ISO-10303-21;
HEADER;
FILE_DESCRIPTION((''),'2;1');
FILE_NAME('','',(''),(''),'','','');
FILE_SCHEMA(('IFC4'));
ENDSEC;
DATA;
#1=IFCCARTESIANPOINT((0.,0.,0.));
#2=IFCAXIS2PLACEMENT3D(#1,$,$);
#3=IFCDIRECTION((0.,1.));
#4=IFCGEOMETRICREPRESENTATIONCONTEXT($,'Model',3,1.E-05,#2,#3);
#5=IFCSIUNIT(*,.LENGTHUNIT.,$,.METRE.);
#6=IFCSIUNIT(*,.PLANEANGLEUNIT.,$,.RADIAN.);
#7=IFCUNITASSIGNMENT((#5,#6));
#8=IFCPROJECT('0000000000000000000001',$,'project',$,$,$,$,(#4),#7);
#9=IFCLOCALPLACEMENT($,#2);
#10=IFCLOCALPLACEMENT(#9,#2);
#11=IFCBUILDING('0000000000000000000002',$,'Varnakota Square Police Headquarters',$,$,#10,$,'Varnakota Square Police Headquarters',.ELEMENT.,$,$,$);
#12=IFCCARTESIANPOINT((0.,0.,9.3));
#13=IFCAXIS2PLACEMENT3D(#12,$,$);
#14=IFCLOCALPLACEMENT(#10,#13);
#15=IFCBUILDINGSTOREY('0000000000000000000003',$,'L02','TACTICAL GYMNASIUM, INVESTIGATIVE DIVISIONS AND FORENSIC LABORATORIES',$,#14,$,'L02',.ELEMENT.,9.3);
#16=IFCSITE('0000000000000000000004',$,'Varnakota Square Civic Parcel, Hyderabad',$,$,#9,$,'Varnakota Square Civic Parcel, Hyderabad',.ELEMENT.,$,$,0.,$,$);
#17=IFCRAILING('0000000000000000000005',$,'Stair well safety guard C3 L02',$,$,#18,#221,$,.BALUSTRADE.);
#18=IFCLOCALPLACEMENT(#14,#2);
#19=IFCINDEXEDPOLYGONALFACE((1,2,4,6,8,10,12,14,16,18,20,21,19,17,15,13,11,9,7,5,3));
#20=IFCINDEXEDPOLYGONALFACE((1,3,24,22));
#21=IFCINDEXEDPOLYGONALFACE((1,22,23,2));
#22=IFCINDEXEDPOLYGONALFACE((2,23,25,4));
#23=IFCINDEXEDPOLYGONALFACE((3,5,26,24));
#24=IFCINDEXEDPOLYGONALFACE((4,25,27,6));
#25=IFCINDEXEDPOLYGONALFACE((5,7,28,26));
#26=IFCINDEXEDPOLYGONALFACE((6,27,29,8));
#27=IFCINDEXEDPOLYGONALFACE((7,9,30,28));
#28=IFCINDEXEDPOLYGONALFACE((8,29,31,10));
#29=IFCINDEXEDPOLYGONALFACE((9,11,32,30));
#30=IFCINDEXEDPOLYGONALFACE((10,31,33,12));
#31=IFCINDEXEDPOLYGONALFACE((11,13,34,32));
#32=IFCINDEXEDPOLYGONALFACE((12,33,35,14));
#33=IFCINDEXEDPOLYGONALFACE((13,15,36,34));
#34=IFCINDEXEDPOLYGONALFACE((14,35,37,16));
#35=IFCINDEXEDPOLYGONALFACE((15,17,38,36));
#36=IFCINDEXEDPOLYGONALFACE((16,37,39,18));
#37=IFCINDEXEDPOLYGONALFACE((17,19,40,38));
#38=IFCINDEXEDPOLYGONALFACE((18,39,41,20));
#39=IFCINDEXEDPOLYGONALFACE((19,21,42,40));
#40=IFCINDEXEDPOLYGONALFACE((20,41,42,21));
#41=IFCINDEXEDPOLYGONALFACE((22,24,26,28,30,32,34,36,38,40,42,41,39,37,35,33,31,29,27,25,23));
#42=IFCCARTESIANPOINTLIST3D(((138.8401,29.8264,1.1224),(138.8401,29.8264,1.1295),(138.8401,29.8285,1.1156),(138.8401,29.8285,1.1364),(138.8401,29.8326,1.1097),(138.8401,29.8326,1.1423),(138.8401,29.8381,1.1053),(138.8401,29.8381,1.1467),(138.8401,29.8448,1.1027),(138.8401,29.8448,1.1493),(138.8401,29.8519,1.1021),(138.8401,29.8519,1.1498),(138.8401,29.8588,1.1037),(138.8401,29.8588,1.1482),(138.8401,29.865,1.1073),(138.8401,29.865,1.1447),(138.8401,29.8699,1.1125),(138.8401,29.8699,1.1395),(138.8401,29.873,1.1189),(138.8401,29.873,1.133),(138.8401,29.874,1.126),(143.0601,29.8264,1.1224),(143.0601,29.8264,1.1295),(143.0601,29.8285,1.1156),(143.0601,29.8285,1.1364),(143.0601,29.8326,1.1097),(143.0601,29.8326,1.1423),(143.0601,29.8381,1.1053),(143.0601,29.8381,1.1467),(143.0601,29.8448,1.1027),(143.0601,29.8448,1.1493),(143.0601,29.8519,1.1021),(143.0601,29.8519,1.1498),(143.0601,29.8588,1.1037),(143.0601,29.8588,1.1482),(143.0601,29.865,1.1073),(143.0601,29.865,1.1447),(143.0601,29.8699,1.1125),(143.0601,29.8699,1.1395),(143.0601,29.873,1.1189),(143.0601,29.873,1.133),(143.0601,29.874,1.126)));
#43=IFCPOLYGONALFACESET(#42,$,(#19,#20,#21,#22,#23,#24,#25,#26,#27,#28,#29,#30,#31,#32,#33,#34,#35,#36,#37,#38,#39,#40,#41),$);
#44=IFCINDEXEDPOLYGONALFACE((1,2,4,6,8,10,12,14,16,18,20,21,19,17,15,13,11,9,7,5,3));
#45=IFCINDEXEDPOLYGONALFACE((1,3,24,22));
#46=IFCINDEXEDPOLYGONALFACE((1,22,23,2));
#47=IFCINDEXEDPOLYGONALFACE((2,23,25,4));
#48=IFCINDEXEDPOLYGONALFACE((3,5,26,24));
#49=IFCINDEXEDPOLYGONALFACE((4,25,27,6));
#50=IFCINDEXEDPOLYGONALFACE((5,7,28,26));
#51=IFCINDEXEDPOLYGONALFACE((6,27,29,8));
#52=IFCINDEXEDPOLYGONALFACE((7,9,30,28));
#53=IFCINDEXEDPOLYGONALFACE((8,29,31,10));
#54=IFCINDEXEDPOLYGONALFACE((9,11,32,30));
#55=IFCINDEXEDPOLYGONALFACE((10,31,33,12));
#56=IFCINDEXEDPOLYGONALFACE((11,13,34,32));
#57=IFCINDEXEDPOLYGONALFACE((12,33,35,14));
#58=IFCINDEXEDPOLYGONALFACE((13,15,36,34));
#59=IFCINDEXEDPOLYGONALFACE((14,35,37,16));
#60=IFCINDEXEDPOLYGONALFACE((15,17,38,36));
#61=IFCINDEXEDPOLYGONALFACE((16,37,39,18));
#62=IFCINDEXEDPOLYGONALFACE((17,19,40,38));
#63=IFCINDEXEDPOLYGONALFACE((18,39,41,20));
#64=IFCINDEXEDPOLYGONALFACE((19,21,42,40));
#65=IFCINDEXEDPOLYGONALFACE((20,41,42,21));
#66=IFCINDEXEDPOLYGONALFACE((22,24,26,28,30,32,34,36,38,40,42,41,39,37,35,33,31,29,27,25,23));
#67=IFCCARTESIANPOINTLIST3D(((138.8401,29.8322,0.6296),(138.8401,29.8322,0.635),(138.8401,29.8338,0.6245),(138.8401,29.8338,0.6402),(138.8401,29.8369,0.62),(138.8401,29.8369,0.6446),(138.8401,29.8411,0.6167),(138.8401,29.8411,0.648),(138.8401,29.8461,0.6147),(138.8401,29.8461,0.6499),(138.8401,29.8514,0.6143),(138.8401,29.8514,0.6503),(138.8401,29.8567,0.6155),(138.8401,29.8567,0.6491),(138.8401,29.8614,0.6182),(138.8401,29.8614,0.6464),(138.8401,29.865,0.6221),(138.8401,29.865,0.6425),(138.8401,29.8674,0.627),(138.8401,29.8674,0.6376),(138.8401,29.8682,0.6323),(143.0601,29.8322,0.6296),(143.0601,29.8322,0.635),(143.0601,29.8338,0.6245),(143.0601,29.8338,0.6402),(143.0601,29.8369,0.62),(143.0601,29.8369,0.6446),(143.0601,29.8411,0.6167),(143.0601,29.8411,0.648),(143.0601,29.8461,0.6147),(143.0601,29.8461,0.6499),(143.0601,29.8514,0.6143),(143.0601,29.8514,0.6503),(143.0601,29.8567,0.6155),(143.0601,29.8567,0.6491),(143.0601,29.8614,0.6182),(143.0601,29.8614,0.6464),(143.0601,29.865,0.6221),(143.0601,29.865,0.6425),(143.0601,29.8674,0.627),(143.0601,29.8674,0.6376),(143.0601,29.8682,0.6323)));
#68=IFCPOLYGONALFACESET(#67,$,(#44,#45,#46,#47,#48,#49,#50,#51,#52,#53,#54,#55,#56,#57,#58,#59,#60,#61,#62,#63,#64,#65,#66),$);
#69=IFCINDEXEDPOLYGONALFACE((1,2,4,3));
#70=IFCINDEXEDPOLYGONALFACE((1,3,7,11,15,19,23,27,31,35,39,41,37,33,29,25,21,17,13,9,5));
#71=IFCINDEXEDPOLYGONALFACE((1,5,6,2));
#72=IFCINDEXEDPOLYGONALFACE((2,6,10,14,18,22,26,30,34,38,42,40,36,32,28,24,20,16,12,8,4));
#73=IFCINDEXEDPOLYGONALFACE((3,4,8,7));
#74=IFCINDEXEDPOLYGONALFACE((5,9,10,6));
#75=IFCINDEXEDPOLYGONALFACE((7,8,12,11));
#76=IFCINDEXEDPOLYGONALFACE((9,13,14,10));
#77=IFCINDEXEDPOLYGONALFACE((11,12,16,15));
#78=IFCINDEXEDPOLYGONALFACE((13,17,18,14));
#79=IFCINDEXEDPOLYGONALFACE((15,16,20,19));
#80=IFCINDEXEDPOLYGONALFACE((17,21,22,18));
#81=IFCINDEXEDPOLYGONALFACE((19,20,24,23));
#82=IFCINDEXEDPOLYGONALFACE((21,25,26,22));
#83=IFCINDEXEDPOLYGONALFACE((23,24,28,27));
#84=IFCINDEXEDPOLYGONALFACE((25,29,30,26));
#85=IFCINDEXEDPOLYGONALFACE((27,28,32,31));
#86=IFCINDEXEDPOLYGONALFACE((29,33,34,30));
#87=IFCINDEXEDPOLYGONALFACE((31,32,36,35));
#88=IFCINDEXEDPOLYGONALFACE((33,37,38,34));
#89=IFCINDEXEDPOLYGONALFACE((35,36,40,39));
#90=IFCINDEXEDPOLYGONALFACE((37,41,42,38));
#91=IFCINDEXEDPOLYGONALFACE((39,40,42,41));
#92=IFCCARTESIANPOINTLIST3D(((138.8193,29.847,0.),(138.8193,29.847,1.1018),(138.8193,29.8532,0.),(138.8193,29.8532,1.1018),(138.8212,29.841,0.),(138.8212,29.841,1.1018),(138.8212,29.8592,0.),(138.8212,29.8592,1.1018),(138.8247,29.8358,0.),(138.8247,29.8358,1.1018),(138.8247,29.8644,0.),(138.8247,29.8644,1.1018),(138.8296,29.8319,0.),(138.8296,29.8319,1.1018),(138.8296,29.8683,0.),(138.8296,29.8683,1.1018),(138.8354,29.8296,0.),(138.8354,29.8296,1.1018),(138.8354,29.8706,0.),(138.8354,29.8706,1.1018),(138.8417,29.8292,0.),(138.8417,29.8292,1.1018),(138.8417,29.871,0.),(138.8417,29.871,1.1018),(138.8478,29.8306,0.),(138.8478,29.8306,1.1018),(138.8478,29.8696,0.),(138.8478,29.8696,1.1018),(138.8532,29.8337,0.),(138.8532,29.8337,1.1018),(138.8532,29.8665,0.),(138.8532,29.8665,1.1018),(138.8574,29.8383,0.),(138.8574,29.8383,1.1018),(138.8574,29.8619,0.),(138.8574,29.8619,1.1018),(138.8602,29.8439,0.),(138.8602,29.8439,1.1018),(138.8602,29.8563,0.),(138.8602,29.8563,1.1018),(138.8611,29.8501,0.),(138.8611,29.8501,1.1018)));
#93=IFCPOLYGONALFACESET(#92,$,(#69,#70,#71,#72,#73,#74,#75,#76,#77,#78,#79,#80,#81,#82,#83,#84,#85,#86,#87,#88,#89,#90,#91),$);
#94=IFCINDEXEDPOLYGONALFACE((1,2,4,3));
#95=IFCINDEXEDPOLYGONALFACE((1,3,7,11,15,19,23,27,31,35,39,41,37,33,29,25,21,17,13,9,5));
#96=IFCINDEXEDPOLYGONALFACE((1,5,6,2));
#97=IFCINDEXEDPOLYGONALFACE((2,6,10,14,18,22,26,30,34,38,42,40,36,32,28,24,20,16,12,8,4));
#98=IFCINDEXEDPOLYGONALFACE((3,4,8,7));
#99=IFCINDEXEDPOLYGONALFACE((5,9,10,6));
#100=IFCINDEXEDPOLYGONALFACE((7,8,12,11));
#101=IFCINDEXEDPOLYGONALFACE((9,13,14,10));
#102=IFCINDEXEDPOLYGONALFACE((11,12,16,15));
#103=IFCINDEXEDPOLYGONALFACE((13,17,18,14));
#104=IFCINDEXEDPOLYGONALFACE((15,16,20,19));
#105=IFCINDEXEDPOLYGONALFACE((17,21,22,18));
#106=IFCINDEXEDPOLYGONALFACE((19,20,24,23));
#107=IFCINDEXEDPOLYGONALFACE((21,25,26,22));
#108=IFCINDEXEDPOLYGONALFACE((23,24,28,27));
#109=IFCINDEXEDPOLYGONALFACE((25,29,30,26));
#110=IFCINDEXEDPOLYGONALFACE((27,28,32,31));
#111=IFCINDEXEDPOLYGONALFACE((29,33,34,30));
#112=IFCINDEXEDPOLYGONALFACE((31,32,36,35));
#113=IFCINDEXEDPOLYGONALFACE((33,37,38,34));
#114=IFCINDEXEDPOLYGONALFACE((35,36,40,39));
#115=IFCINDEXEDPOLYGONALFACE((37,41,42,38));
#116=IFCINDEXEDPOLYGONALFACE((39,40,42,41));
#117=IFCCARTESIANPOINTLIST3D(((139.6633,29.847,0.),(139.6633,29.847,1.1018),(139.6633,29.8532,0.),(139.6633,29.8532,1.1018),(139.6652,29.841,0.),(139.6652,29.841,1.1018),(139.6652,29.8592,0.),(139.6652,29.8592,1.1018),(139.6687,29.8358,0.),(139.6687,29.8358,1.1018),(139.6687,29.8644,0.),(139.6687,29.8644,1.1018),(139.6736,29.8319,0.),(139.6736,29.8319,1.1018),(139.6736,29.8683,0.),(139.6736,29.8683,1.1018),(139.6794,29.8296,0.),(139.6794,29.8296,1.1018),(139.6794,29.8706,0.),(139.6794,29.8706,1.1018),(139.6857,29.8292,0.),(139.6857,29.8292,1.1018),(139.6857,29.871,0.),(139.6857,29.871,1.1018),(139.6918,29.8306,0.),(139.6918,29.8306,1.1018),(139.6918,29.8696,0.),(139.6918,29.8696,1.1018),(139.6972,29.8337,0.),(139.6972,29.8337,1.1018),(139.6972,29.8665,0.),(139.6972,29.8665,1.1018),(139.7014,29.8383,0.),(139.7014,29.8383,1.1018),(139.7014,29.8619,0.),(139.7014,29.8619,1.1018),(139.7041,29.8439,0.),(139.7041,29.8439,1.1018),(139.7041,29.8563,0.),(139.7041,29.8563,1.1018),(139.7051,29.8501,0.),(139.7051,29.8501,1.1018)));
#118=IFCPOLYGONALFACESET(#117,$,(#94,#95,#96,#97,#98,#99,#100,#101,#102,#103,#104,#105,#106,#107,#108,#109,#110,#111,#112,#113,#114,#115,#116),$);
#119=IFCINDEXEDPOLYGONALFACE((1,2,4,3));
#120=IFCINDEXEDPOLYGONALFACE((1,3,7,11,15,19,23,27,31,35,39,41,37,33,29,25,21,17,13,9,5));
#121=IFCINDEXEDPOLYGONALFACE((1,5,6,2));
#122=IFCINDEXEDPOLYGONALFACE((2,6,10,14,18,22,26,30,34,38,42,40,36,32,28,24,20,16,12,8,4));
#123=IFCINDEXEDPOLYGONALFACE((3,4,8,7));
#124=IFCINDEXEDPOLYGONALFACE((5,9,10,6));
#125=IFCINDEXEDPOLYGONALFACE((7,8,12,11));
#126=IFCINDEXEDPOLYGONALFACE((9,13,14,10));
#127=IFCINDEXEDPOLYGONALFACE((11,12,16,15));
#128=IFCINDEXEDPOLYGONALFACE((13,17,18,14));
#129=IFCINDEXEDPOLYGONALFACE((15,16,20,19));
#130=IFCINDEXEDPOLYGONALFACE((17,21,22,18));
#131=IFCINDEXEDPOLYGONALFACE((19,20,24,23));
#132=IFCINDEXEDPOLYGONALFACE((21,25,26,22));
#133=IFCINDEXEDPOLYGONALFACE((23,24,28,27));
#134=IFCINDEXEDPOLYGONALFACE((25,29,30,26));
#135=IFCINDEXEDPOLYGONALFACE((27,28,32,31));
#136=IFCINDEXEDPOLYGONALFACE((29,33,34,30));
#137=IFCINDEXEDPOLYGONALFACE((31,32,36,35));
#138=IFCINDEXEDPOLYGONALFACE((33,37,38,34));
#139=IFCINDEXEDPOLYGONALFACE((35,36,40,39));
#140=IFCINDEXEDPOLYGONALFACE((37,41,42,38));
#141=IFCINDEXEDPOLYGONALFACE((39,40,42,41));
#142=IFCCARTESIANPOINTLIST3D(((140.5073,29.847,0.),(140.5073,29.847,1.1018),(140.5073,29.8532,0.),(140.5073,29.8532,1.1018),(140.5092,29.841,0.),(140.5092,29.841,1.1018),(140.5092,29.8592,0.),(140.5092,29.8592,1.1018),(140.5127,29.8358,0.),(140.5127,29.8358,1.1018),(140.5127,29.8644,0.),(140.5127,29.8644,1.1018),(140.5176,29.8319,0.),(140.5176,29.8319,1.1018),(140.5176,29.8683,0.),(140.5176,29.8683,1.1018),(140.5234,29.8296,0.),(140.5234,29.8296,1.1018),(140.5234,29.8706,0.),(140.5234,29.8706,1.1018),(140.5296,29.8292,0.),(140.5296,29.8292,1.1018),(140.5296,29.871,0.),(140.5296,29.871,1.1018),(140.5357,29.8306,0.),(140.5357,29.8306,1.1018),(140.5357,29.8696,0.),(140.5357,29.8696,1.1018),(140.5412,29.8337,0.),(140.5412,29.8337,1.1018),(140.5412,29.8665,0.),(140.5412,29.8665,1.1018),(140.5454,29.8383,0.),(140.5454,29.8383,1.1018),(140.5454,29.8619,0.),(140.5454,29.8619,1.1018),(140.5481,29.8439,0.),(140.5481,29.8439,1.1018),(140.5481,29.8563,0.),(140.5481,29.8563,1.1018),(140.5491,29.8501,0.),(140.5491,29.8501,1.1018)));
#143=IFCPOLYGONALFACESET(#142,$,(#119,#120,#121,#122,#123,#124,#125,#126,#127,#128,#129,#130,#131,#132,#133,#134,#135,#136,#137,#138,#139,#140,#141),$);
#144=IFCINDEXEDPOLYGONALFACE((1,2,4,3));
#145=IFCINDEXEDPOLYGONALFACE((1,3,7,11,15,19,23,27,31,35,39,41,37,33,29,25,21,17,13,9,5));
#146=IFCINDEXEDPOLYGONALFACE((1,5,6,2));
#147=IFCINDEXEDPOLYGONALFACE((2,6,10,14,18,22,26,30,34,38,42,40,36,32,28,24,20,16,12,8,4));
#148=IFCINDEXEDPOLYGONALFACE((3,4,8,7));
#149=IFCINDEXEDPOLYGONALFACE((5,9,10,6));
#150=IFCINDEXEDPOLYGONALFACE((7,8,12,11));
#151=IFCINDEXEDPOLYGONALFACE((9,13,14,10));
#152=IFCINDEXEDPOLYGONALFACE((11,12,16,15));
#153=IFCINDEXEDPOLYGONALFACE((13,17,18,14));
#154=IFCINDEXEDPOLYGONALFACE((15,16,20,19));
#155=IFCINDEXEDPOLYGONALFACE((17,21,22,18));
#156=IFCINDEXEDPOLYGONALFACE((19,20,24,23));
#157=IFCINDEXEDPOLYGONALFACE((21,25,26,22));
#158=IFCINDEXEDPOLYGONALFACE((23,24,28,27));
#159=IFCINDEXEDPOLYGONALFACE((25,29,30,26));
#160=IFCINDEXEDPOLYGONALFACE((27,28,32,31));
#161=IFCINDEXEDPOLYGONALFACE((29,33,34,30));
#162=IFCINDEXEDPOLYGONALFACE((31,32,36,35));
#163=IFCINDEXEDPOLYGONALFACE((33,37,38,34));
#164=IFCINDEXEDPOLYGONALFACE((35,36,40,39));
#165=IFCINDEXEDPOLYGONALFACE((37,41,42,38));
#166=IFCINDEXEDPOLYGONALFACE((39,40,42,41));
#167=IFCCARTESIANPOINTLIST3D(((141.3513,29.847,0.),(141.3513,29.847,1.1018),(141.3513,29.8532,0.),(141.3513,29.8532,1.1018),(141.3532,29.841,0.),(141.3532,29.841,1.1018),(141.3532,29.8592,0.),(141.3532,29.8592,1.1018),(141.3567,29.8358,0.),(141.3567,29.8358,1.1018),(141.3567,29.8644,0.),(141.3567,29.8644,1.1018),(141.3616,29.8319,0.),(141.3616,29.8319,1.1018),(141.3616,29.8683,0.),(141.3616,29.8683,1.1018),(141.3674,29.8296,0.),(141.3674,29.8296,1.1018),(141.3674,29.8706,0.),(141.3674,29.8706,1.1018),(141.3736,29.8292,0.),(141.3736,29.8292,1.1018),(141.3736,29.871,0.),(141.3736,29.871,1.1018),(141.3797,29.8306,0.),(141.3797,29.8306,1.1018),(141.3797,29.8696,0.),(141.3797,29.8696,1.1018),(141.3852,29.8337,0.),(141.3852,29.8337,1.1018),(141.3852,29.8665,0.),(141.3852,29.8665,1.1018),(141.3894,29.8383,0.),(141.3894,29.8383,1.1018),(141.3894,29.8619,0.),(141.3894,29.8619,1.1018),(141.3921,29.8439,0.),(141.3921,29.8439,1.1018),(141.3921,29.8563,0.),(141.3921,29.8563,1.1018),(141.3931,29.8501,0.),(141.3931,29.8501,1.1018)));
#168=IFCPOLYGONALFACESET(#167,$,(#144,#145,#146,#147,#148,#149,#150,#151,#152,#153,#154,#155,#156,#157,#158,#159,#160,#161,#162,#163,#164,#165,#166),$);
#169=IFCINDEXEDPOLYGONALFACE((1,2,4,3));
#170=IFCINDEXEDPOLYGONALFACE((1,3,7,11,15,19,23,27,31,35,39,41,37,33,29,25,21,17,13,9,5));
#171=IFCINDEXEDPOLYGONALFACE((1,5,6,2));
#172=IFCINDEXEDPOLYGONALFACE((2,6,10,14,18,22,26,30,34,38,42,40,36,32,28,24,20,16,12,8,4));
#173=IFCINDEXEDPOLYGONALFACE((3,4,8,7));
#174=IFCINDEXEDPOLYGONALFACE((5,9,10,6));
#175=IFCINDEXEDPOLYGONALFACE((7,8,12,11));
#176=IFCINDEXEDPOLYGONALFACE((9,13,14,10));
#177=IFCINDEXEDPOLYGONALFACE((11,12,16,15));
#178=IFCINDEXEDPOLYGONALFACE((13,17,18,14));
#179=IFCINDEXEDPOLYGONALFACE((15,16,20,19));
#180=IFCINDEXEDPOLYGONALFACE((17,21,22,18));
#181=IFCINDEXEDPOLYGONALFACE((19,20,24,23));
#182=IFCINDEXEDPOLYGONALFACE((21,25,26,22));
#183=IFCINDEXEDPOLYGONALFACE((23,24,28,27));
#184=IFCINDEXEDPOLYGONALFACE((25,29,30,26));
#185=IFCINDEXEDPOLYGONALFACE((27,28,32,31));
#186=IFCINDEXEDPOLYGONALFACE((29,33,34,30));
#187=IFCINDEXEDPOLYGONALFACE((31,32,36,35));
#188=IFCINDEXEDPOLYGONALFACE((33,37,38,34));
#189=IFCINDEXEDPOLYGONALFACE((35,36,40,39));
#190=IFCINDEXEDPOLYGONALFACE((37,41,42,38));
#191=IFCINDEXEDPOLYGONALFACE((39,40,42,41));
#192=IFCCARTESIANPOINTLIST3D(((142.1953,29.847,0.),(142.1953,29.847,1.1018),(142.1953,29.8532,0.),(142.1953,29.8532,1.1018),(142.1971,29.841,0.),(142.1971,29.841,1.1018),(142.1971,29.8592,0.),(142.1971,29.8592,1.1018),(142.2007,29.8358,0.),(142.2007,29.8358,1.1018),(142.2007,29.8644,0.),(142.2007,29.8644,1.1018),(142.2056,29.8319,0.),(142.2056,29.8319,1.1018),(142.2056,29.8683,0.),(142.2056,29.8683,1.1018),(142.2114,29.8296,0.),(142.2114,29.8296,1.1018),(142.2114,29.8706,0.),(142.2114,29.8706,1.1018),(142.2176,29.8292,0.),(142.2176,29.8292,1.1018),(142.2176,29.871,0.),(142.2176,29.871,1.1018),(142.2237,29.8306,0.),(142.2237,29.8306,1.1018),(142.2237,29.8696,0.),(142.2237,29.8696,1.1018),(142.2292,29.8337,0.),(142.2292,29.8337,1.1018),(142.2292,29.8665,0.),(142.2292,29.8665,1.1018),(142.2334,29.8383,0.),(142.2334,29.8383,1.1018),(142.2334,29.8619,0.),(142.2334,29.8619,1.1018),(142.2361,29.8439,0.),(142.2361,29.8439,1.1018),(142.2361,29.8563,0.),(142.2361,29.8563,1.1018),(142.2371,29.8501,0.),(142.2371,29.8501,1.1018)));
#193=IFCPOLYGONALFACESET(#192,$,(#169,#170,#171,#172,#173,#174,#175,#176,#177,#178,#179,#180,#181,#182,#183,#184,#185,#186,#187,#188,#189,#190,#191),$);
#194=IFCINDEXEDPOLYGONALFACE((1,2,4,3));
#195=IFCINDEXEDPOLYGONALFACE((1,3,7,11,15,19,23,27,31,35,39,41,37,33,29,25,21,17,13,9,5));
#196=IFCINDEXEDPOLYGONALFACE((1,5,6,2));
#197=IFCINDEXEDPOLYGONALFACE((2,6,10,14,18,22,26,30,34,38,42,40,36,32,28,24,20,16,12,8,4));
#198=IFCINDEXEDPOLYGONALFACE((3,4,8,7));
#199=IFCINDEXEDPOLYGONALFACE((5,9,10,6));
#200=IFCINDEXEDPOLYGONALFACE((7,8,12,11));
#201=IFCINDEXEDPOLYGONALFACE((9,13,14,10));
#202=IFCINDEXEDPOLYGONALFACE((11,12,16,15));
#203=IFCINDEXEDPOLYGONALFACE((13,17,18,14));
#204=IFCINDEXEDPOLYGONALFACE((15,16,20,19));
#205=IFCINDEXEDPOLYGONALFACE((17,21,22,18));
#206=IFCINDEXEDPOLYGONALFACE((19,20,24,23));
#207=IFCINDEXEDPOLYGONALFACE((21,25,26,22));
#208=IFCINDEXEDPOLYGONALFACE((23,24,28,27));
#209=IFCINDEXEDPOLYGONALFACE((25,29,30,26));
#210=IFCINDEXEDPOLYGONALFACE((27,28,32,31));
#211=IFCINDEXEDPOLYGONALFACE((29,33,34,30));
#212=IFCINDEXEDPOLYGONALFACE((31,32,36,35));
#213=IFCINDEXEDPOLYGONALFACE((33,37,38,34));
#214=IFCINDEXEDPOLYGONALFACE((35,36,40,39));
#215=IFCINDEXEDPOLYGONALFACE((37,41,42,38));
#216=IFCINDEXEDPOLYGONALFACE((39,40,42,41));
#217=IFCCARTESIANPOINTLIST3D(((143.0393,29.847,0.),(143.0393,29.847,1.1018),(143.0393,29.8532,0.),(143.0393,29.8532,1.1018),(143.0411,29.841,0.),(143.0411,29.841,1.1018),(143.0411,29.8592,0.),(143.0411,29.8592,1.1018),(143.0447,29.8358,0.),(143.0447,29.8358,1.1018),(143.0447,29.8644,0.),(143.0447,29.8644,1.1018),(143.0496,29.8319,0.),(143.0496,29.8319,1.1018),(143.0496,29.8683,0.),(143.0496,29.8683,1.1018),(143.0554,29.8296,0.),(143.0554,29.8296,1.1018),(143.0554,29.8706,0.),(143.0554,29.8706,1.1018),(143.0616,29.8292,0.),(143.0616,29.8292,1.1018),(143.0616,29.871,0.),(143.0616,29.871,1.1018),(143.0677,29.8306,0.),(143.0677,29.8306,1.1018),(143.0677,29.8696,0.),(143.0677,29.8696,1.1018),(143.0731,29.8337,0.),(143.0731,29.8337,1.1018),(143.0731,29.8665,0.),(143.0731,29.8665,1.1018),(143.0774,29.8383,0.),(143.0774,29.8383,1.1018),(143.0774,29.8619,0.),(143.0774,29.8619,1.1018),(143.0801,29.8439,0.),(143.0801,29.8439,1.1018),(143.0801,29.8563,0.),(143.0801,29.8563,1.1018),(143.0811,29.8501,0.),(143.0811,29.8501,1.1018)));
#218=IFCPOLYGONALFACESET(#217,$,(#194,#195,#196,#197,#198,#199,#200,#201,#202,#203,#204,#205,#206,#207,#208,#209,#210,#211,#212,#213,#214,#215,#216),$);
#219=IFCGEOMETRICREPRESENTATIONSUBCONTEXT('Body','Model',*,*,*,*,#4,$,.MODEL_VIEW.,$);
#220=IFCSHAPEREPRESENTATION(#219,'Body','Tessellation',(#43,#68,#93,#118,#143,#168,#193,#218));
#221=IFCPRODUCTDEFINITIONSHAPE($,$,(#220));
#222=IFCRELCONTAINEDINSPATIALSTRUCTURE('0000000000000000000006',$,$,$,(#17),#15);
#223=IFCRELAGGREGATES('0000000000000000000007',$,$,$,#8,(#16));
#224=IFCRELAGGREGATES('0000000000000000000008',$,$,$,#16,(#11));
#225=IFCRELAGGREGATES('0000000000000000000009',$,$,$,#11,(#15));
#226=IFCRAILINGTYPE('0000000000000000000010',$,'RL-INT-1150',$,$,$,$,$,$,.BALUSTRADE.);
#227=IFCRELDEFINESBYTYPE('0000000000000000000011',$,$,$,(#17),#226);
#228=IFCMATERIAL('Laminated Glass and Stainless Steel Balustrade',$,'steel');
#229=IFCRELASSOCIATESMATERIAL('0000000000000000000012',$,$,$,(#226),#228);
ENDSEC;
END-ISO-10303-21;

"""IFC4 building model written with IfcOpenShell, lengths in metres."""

from ifc_helpers import new_model, si_unit, direction, frame, origin, origin_2d, place, context, subcontext, project, spatial, circle, extrude, material, type_object, element, save


model = new_model("IFC4")

# Units and contexts
model_context = context("Model", 3, precision=1e-05, world=origin(), true_north=direction((0.0, 1.0)))
body_context = subcontext(model_context, "Body", "Model", "MODEL_VIEW")
ifc_project = project(units=[si_unit("LENGTHUNIT", "METRE"), si_unit("PLANEANGLEUNIT", "RADIAN")], contexts=[model_context])

# Site, building, storey
site_placement = place(None, origin())
site = spatial("IfcSite", under=ifc_project, at=site_placement, Name="Varnakota Square Civic Parcel, Hyderabad", LongName="Varnakota Square Civic Parcel, Hyderabad", CompositionType="ELEMENT", RefElevation=0.0)
building_placement = place(site_placement, origin())
building = spatial("IfcBuilding", under=site, at=building_placement, Name="Varnakota Square Police Headquarters", LongName="Varnakota Square Police Headquarters", CompositionType="ELEMENT")
storey_placement = place(building_placement, frame((0.0, 0.0, 9.3)))
storey = spatial("IfcBuildingStorey", under=building, at=storey_placement, Name="L02", Description="TACTICAL GYMNASIUM, INVESTIGATIVE DIVISIONS AND FORENSIC LABORATORIES", LongName="L02", CompositionType="ELEMENT", Elevation=9.3)

# Railing
ifc_material_1 = material(Name="Laminated Glass and Stainless Steel Balustrade", Category="steel")
railing_type_1 = type_object("IfcRailingType", Name="RL-INT-1150", PredefinedType="BALUSTRADE", material=ifc_material_1)
railing_1_placement = place(storey_placement, frame((138.8401, 29.8501, 0.0)))
element("IfcRailing", 1, at=railing_1_placement, inside=storey, type_object=railing_type_1, Name="Stair well safety guard C3 L02", PredefinedType="BALUSTRADE", context=body_context, shape_type="SweptSolid", body=[
    extrude(circle(Radius=0.0239, at=origin_2d()), frame((0.0, 0.0, 1.126), z_axis=(1.0, 0.0, 0.0), x_axis=(0.0, 1.0, 0.0)), (0.0, 0.0, 1.0), 4.22),
    extrude(circle(Radius=0.0181, at=origin_2d()), frame((0.0, 0.0, 0.6323), z_axis=(1.0, 0.0, 0.0), x_axis=(0.0, 1.0, 0.0)), (0.0, 0.0, 1.0), 4.22),
    extrude(circle(Radius=0.021, at=origin_2d()), origin(), (0.0, 0.0, 1.0), 1.1018),
    extrude(circle(Radius=0.021, at=origin_2d()), frame((0.844, 0.0, 0.0)), (0.0, 0.0, 1.0), 1.1018),
    extrude(circle(Radius=0.021, at=origin_2d()), frame((1.688, 0.0, 0.0)), (0.0, 0.0, 1.0), 1.1018),
    extrude(circle(Radius=0.021, at=origin_2d()), frame((2.532, 0.0, 0.0)), (0.0, 0.0, 1.0), 1.1018),
    extrude(circle(Radius=0.021, at=origin_2d()), frame((3.376, 0.0, 0.0)), (0.0, 0.0, 1.0), 1.1018),
    extrude(circle(Radius=0.021, at=origin_2d()), frame((4.22, 0.0, 0.0)), (0.0, 0.0, 1.0), 1.1018),
])

save(model, "model.ifc")
